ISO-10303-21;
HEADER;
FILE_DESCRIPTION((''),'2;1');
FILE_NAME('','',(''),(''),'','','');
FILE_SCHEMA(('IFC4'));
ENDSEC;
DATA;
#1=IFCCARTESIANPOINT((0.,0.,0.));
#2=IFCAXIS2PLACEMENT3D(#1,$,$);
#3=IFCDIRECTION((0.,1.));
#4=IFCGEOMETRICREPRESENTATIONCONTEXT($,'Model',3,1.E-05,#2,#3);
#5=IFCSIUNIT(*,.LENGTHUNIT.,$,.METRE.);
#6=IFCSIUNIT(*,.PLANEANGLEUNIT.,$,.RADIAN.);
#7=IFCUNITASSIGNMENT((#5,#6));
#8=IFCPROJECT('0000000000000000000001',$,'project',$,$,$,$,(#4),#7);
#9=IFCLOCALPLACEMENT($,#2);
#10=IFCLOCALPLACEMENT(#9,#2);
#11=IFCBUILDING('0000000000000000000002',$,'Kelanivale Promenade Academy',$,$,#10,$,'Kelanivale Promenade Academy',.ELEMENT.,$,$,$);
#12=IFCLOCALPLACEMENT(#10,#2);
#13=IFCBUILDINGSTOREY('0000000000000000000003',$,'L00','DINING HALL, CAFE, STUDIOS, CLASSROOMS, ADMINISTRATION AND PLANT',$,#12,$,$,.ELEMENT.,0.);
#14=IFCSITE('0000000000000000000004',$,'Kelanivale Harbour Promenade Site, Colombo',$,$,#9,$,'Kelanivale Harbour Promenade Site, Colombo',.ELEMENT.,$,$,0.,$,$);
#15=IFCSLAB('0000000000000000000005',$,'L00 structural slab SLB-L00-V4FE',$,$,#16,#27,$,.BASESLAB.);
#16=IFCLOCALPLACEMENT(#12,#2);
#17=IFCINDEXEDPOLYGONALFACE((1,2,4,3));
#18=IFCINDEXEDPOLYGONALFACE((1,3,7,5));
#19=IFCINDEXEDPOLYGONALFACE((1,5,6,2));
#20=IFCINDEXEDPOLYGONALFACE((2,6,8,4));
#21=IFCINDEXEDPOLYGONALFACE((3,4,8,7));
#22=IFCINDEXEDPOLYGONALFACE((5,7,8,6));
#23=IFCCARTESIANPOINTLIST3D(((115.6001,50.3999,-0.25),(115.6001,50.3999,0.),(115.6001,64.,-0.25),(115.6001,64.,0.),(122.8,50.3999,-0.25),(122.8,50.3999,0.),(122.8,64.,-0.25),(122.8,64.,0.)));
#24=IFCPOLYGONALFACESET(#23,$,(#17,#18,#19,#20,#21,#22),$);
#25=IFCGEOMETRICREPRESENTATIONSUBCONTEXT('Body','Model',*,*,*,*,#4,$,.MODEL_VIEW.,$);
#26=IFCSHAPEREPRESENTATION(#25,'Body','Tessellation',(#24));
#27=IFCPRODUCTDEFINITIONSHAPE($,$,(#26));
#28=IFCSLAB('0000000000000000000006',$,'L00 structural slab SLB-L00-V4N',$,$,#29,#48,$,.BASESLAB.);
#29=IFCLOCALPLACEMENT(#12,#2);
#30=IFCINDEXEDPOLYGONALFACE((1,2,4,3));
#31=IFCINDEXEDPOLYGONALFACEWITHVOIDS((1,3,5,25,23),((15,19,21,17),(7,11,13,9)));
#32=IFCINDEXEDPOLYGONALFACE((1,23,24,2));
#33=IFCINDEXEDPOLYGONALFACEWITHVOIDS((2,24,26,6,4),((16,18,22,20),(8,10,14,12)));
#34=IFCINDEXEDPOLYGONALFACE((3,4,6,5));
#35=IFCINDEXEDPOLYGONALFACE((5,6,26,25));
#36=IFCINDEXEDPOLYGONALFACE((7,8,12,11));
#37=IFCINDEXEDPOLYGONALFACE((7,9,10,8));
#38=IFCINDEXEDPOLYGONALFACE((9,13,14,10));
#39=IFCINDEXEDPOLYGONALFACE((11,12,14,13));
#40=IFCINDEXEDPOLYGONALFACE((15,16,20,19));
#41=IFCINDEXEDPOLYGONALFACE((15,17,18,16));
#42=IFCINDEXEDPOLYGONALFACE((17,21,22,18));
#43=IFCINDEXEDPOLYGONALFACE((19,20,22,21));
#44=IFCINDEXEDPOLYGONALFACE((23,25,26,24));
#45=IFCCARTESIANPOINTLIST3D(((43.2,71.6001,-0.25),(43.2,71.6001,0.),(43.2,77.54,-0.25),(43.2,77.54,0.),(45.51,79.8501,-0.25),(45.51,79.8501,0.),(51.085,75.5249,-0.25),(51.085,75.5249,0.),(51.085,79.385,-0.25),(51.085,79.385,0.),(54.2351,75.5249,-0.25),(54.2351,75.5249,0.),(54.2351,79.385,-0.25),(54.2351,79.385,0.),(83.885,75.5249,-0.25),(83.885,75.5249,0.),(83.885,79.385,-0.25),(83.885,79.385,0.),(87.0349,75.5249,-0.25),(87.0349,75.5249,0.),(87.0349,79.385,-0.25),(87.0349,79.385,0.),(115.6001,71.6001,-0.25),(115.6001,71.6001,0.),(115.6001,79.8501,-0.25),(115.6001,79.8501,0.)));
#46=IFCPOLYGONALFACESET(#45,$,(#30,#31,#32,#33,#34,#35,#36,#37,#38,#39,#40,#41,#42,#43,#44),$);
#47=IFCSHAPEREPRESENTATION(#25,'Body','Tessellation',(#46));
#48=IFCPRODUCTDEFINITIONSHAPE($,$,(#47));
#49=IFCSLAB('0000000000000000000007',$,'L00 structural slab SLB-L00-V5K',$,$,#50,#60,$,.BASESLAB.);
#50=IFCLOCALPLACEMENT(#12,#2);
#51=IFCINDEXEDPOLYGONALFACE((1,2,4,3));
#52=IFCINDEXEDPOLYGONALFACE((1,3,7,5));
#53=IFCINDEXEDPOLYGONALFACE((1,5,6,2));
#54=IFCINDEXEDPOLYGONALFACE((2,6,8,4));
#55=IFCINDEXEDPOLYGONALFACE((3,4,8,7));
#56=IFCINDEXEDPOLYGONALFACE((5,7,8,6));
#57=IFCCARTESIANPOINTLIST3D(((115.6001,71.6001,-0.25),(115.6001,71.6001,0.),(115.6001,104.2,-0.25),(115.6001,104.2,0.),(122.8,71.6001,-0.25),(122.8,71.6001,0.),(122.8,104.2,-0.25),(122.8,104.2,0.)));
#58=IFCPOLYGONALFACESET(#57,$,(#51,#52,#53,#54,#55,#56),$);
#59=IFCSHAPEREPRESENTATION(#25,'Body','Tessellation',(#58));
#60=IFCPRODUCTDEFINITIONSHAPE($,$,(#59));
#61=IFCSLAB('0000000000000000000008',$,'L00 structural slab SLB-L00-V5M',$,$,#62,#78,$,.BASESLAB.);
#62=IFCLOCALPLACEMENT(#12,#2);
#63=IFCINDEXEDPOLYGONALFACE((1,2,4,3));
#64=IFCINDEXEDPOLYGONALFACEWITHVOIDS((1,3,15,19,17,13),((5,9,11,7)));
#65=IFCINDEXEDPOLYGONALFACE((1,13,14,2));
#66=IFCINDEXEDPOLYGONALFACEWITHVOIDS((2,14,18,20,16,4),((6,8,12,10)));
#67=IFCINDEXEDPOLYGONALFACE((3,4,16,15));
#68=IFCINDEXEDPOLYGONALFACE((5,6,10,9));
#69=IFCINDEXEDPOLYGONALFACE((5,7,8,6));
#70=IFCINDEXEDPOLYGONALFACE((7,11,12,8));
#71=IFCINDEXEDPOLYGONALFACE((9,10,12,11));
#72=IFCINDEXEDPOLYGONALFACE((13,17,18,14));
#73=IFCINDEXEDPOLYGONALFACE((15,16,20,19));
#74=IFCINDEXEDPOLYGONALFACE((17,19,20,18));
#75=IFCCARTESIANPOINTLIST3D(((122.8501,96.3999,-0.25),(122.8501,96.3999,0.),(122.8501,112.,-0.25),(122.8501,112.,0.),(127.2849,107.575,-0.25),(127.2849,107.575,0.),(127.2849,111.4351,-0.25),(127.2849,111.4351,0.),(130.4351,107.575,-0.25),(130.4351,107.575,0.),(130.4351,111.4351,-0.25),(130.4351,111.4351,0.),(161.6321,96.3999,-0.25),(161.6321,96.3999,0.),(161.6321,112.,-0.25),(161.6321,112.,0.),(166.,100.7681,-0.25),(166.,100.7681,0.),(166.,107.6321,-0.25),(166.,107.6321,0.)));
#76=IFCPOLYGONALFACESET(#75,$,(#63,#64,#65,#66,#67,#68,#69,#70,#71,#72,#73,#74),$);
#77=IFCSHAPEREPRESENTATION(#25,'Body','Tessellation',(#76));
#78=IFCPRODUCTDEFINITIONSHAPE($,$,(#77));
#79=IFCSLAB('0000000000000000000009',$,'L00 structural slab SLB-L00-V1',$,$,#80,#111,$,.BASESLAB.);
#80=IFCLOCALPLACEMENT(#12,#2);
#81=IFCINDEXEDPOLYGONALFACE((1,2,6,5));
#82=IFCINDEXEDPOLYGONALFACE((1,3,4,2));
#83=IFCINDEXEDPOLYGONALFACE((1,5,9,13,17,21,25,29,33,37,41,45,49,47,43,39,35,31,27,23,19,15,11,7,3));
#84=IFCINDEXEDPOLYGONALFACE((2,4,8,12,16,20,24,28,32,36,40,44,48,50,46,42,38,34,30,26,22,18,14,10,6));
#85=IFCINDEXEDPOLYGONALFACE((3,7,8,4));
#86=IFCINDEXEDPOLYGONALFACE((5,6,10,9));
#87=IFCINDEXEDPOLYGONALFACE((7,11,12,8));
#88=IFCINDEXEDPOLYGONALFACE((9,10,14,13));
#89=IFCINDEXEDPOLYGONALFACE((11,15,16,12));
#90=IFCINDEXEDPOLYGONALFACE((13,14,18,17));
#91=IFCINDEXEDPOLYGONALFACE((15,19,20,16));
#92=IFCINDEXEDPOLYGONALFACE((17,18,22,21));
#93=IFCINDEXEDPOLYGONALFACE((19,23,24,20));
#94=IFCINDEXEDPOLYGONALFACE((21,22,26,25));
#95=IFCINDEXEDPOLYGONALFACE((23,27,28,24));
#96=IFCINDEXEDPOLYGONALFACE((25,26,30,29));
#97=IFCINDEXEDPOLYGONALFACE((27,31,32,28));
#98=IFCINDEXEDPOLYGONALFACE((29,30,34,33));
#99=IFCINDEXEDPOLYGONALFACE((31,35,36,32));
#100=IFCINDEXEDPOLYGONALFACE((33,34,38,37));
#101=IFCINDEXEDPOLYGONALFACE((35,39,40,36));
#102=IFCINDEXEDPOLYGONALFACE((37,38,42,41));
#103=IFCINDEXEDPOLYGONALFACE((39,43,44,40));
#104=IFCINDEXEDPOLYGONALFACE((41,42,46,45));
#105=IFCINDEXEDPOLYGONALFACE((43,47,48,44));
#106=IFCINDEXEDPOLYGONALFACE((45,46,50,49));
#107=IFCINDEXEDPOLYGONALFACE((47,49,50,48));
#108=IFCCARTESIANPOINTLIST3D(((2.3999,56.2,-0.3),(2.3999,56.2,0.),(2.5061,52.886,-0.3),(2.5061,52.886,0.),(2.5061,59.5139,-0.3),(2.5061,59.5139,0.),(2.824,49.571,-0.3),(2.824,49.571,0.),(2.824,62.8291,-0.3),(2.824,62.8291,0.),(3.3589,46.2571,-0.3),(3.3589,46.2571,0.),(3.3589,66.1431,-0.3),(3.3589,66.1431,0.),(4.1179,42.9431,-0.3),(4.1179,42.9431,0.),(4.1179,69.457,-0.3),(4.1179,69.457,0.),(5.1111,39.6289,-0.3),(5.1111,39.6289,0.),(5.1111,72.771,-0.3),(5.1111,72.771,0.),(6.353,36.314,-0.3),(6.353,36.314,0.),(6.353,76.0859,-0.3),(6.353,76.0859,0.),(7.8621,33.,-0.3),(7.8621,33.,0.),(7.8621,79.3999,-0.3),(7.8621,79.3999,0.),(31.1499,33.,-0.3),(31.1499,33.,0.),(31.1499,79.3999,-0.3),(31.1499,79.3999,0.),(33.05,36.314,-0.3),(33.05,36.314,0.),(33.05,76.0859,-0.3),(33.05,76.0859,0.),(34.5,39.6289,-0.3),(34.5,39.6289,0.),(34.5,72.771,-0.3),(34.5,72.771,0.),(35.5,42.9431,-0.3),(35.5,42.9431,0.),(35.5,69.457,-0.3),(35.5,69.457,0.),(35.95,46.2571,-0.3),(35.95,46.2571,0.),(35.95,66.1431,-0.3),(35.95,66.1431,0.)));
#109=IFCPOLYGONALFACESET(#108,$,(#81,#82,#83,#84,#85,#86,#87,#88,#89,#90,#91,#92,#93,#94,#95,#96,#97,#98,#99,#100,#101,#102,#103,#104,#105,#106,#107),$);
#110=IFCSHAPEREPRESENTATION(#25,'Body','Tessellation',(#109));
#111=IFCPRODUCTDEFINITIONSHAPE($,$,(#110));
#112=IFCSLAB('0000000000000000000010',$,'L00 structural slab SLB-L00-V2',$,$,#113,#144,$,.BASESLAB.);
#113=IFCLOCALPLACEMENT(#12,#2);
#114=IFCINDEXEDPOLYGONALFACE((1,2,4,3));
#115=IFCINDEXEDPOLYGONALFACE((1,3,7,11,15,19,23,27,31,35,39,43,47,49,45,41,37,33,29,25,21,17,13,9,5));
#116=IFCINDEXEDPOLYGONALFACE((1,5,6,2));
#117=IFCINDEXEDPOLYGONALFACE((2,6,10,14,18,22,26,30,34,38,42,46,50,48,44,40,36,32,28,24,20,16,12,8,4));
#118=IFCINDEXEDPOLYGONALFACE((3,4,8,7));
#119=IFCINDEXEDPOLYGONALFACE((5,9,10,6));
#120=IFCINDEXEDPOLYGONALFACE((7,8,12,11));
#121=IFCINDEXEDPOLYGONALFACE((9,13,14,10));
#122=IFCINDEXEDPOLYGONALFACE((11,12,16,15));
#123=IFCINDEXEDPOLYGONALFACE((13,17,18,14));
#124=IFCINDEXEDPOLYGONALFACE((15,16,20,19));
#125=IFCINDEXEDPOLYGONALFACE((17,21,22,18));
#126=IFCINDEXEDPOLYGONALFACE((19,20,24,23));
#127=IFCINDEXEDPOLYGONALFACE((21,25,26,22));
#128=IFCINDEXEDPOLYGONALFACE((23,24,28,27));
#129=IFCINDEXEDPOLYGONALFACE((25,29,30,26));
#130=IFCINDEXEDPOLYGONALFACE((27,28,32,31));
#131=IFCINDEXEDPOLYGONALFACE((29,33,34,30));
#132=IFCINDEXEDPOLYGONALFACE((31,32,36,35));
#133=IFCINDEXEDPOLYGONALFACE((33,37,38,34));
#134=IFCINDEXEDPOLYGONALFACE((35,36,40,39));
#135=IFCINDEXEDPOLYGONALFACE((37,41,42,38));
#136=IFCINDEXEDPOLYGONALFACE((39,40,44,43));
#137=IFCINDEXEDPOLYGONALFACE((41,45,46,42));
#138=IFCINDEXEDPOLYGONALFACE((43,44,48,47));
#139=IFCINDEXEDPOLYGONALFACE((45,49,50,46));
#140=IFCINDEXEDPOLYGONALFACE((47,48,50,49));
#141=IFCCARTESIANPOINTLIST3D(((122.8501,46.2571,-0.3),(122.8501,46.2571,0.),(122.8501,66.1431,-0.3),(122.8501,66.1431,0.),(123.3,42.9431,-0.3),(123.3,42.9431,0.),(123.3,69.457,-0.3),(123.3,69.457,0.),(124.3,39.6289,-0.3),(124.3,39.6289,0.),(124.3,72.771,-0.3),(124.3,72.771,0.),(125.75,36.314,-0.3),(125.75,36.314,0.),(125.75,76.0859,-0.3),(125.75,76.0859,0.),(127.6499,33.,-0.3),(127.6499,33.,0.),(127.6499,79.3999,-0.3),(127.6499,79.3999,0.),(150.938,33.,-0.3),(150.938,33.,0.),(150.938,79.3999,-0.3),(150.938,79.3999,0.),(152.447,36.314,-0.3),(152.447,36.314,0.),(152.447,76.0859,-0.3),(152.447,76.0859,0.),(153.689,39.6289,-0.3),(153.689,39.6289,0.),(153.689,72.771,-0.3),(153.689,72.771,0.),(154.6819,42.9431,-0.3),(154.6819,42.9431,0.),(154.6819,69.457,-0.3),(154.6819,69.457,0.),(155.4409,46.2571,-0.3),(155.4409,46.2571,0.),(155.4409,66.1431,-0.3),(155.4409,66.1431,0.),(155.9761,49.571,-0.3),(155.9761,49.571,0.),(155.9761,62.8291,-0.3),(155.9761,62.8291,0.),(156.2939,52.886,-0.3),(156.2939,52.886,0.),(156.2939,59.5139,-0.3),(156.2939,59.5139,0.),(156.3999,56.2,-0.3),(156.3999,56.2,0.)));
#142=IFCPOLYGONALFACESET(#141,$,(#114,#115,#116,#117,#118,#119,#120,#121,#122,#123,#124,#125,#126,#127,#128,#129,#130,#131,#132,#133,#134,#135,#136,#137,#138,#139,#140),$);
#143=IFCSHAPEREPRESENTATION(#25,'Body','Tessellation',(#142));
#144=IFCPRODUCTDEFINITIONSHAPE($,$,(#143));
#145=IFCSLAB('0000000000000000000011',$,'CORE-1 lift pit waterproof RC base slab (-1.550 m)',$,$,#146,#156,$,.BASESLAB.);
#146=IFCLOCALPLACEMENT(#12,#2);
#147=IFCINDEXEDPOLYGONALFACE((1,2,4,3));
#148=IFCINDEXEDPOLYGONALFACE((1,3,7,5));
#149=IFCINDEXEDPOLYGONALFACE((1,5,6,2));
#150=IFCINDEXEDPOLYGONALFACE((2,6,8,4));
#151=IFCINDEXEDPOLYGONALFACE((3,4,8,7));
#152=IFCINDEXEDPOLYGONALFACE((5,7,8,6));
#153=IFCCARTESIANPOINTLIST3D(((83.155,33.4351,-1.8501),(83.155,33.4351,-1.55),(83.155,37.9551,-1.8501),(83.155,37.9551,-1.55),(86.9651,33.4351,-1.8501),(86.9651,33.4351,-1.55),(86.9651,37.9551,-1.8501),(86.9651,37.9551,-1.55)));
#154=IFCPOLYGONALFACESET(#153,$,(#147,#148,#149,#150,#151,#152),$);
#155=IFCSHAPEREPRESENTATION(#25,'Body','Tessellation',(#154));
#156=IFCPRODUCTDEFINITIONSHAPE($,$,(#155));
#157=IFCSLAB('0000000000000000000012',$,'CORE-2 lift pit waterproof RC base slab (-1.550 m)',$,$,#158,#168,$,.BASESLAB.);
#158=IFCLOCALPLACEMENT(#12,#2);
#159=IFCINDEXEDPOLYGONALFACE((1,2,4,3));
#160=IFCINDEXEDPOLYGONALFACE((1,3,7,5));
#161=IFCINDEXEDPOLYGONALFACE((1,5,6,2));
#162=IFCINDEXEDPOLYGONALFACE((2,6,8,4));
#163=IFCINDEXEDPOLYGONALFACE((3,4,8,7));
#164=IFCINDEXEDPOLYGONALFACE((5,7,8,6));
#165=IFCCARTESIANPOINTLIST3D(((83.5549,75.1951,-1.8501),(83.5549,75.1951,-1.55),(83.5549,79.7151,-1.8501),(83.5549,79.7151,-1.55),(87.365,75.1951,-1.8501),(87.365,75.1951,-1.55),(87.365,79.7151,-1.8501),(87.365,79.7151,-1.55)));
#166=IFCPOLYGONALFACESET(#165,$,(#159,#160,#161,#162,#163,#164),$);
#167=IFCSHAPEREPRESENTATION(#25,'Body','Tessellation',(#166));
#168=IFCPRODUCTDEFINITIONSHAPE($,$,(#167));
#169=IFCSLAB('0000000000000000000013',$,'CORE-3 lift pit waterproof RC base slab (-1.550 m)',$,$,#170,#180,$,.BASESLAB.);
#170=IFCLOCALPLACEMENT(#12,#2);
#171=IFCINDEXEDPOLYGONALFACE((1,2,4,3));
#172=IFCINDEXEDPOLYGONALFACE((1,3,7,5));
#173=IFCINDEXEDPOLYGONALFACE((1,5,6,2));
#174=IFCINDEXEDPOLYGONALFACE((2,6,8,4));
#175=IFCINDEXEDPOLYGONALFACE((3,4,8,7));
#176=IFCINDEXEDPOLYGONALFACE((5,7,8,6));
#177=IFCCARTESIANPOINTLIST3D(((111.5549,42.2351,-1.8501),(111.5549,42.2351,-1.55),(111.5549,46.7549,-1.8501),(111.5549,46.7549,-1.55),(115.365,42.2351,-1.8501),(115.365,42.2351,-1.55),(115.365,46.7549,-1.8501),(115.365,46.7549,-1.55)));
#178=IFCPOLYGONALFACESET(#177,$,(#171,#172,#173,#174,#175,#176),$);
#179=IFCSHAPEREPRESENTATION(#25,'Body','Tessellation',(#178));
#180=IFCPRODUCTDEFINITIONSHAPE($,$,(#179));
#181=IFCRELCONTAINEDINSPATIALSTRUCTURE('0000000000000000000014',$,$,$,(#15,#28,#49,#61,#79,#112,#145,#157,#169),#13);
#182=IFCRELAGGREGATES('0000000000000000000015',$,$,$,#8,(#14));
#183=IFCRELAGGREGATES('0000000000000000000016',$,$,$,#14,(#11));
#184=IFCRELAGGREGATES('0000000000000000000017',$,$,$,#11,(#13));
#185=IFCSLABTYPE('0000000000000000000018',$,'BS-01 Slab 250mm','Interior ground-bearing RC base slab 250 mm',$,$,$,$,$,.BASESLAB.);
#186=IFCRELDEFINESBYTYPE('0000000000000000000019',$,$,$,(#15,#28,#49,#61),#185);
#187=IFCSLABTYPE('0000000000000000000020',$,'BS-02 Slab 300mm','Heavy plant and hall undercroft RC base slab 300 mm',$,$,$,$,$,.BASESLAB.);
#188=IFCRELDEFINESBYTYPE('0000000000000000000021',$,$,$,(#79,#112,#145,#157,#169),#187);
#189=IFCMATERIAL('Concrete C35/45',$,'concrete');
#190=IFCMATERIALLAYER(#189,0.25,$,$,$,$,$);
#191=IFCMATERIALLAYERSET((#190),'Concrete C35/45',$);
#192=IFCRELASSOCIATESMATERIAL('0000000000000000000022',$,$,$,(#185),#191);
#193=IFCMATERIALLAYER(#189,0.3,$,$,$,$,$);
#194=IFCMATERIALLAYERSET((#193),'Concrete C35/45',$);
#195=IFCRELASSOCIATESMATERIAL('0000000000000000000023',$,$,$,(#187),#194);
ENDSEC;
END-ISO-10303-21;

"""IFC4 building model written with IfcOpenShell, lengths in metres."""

from ifc_helpers import new_model, si_unit, direction, frame, origin, place, context, subcontext, project, spatial, polyline, outline, extrude, material, layer, layer_set, type_object, element, save


model = new_model("IFC4")

# Units and contexts
model_context = context("Model", 3, precision=1e-05, world=origin(), true_north=direction((0.0, 1.0)))
body_context = subcontext(model_context, "Body", "Model", "MODEL_VIEW")
ifc_project = project(units=[si_unit("LENGTHUNIT", "METRE"), si_unit("PLANEANGLEUNIT", "RADIAN")], contexts=[model_context])

# Site, building, storey
site_placement = place(None, origin())
site = spatial("IfcSite", under=ifc_project, at=site_placement, Name="Kelanivale Harbour Promenade Site, Colombo", LongName="Kelanivale Harbour Promenade Site, Colombo", CompositionType="ELEMENT", RefElevation=0.0)
building_placement = place(site_placement, origin())
building = spatial("IfcBuilding", under=site, at=building_placement, Name="Kelanivale Promenade Academy", LongName="Kelanivale Promenade Academy", CompositionType="ELEMENT")
storey_placement = place(building_placement, origin())
storey = spatial("IfcBuildingStorey", under=building, at=storey_placement, Name="L00", Description="DINING HALL, CAFE, STUDIOS, CLASSROOMS, ADMINISTRATION AND PLANT", CompositionType="ELEMENT", Elevation=0.0)

# Slabs
ifc_material = material(Name="Concrete C35/45", Category="concrete")
ifc_layer_1 = layer(ifc_material, 0.25)
ifc_layer_set_1 = layer_set([ifc_layer_1], Name="Concrete C35/45")
slab_type_1 = type_object("IfcSlabType", Name="BS-01 Slab 250mm", Description="Interior ground-bearing RC base slab 250 mm", PredefinedType="BASESLAB", material=ifc_layer_set_1)
slab_1_placement = place(storey_placement, frame((0.0, 0.0, -0.25)))
element("IfcSlab", 1, at=slab_1_placement, inside=storey, type_object=slab_type_1, Name="L00 structural slab SLB-L00-V4FE", PredefinedType="BASESLAB", context=body_context, shape_type="SweptSolid", body=[
    extrude(outline(polyline([(115.6001, 64.0), (115.6001, 50.3999), (122.8, 50.3999), (122.8, 64.0), (115.6001, 64.0)])), origin(), (0.0, 0.0, 1.0), 0.25),
])
slab_2_placement = place(storey_placement, frame((0.0, 0.0, -0.25)))
element("IfcSlab", 2, at=slab_2_placement, inside=storey, type_object=slab_type_1, Name="L00 structural slab SLB-L00-V4N", PredefinedType="BASESLAB", context=body_context, shape_type="SweptSolid", body=[
    extrude(outline(polyline([(43.2, 71.6001), (115.6001, 71.6001), (115.6001, 79.8501), (45.51, 79.8501), (43.2, 77.54), (43.2, 71.6001)]), holes=[polyline([(83.885, 79.385), (87.0349, 79.385), (87.0349, 75.5249), (83.885, 75.5249), (83.885, 79.385)]), polyline([(54.2351, 75.5249), (51.085, 75.5249), (51.085, 79.385), (54.2351, 79.385), (54.2351, 75.5249)])]), origin(), (0.0, 0.0, 1.0), 0.25),
])
slab_3_placement = place(storey_placement, frame((0.0, 0.0, -0.25)))
element("IfcSlab", 3, at=slab_3_placement, inside=storey, type_object=slab_type_1, Name="L00 structural slab SLB-L00-V5K", PredefinedType="BASESLAB", context=body_context, shape_type="SweptSolid", body=[
    extrude(outline(polyline([(115.6001, 104.2), (115.6001, 71.6001), (122.8, 71.6001), (122.8, 104.2), (115.6001, 104.2)])), origin(), (0.0, 0.0, 1.0), 0.25),
])
slab_4_placement = place(storey_placement, frame((0.0, 0.0, -0.25)))
element("IfcSlab", 4, at=slab_4_placement, inside=storey, type_object=slab_type_1, Name="L00 structural slab SLB-L00-V5M", PredefinedType="BASESLAB", context=body_context, shape_type="SweptSolid", body=[
    extrude(outline(polyline([(161.6321, 96.3999), (166.0, 100.7681), (166.0, 107.6321), (161.6321, 112.0), (122.8501, 112.0), (122.8501, 96.3999), (161.6321, 96.3999)]), holes=[polyline([(127.2849, 107.575), (127.2849, 111.4351), (130.4351, 111.4351), (130.4351, 107.575), (127.2849, 107.575)])]), origin(), (0.0, 0.0, 1.0), 0.25),
])
ifc_layer_2 = layer(ifc_material, 0.3)
ifc_layer_set_2 = layer_set([ifc_layer_2], Name="Concrete C35/45")
slab_type_2 = type_object("IfcSlabType", Name="BS-02 Slab 300mm", Description="Heavy plant and hall undercroft RC base slab 300 mm", PredefinedType="BASESLAB", material=ifc_layer_set_2)
slab_5_placement = place(storey_placement, frame((0.0, 0.0, -0.3)))
element("IfcSlab", 5, at=slab_5_placement, inside=storey, type_object=slab_type_2, Name="L00 structural slab SLB-L00-V1", PredefinedType="BASESLAB", context=body_context, shape_type="SweptSolid", body=[
    extrude(outline(polyline([(3.3589, 46.2571), (4.1179, 42.9431), (5.1111, 39.6289), (6.353, 36.314), (7.8621, 33.0), (31.1499, 33.0), (33.05, 36.314), (34.5, 39.6289), (35.5, 42.9431), (35.95, 46.2571), (35.95, 66.1431), (35.5, 69.457), (34.5, 72.771), (33.05, 76.0859), (31.1499, 79.3999), (7.8621, 79.3999), (6.353, 76.0859), (5.1111, 72.771), (4.1179, 69.457), (3.3589, 66.1431), (2.824, 62.8291), (2.5061, 59.5139), (2.3999, 56.2), (2.5061, 52.886), (2.824, 49.571), (3.3589, 46.2571)])), origin(), (0.0, 0.0, 1.0), 0.3),
])
slab_6_placement = place(storey_placement, frame((0.0, 0.0, -0.3)))
element("IfcSlab", 6, at=slab_6_placement, inside=storey, type_object=slab_type_2, Name="L00 structural slab SLB-L00-V2", PredefinedType="BASESLAB", context=body_context, shape_type="SweptSolid", body=[
    extrude(outline(polyline([(155.4409, 66.1431), (154.6819, 69.457), (153.689, 72.771), (152.447, 76.0859), (150.938, 79.3999), (127.6499, 79.3999), (125.75, 76.0859), (124.3, 72.771), (123.3, 69.457), (122.8501, 66.1431), (122.8501, 46.2571), (123.3, 42.9431), (124.3, 39.6289), (125.75, 36.314), (127.6499, 33.0), (150.938, 33.0), (152.447, 36.314), (153.689, 39.6289), (154.6819, 42.9431), (155.4409, 46.2571), (155.9761, 49.571), (156.2939, 52.886), (156.3999, 56.2), (156.2939, 59.5139), (155.9761, 62.8291), (155.4409, 66.1431)])), origin(), (0.0, 0.0, 1.0), 0.3),
])
slab_7_placement = place(storey_placement, frame((0.0, 0.0, -1.8501)))
element("IfcSlab", 7, at=slab_7_placement, inside=storey, type_object=slab_type_2, Name="CORE-1 lift pit waterproof RC base slab (-1.550 m)", PredefinedType="BASESLAB", context=body_context, shape_type="SweptSolid", body=[
    extrude(outline(polyline([(83.155, 33.4351), (86.9651, 33.4351), (86.9651, 37.9551), (83.155, 37.9551), (83.155, 33.4351)])), origin(), (0.0, 0.0, 1.0), 0.3),
])
slab_8_placement = place(storey_placement, frame((0.0, 0.0, -1.8501)))
element("IfcSlab", 8, at=slab_8_placement, inside=storey, type_object=slab_type_2, Name="CORE-2 lift pit waterproof RC base slab (-1.550 m)", PredefinedType="BASESLAB", context=body_context, shape_type="SweptSolid", body=[
    extrude(outline(polyline([(83.5549, 75.1951), (87.365, 75.1951), (87.365, 79.7151), (83.5549, 79.7151), (83.5549, 75.1951)])), origin(), (0.0, 0.0, 1.0), 0.3),
])
slab_9_placement = place(storey_placement, frame((0.0, 0.0, -1.8501)))
element("IfcSlab", 9, at=slab_9_placement, inside=storey, type_object=slab_type_2, Name="CORE-3 lift pit waterproof RC base slab (-1.550 m)", PredefinedType="BASESLAB", context=body_context, shape_type="SweptSolid", body=[
    extrude(outline(polyline([(111.5549, 42.2351), (115.365, 42.2351), (115.365, 46.7549), (111.5549, 46.7549), (111.5549, 42.2351)])), origin(), (0.0, 0.0, 1.0), 0.3),
])

save(model, "model.ifc")
